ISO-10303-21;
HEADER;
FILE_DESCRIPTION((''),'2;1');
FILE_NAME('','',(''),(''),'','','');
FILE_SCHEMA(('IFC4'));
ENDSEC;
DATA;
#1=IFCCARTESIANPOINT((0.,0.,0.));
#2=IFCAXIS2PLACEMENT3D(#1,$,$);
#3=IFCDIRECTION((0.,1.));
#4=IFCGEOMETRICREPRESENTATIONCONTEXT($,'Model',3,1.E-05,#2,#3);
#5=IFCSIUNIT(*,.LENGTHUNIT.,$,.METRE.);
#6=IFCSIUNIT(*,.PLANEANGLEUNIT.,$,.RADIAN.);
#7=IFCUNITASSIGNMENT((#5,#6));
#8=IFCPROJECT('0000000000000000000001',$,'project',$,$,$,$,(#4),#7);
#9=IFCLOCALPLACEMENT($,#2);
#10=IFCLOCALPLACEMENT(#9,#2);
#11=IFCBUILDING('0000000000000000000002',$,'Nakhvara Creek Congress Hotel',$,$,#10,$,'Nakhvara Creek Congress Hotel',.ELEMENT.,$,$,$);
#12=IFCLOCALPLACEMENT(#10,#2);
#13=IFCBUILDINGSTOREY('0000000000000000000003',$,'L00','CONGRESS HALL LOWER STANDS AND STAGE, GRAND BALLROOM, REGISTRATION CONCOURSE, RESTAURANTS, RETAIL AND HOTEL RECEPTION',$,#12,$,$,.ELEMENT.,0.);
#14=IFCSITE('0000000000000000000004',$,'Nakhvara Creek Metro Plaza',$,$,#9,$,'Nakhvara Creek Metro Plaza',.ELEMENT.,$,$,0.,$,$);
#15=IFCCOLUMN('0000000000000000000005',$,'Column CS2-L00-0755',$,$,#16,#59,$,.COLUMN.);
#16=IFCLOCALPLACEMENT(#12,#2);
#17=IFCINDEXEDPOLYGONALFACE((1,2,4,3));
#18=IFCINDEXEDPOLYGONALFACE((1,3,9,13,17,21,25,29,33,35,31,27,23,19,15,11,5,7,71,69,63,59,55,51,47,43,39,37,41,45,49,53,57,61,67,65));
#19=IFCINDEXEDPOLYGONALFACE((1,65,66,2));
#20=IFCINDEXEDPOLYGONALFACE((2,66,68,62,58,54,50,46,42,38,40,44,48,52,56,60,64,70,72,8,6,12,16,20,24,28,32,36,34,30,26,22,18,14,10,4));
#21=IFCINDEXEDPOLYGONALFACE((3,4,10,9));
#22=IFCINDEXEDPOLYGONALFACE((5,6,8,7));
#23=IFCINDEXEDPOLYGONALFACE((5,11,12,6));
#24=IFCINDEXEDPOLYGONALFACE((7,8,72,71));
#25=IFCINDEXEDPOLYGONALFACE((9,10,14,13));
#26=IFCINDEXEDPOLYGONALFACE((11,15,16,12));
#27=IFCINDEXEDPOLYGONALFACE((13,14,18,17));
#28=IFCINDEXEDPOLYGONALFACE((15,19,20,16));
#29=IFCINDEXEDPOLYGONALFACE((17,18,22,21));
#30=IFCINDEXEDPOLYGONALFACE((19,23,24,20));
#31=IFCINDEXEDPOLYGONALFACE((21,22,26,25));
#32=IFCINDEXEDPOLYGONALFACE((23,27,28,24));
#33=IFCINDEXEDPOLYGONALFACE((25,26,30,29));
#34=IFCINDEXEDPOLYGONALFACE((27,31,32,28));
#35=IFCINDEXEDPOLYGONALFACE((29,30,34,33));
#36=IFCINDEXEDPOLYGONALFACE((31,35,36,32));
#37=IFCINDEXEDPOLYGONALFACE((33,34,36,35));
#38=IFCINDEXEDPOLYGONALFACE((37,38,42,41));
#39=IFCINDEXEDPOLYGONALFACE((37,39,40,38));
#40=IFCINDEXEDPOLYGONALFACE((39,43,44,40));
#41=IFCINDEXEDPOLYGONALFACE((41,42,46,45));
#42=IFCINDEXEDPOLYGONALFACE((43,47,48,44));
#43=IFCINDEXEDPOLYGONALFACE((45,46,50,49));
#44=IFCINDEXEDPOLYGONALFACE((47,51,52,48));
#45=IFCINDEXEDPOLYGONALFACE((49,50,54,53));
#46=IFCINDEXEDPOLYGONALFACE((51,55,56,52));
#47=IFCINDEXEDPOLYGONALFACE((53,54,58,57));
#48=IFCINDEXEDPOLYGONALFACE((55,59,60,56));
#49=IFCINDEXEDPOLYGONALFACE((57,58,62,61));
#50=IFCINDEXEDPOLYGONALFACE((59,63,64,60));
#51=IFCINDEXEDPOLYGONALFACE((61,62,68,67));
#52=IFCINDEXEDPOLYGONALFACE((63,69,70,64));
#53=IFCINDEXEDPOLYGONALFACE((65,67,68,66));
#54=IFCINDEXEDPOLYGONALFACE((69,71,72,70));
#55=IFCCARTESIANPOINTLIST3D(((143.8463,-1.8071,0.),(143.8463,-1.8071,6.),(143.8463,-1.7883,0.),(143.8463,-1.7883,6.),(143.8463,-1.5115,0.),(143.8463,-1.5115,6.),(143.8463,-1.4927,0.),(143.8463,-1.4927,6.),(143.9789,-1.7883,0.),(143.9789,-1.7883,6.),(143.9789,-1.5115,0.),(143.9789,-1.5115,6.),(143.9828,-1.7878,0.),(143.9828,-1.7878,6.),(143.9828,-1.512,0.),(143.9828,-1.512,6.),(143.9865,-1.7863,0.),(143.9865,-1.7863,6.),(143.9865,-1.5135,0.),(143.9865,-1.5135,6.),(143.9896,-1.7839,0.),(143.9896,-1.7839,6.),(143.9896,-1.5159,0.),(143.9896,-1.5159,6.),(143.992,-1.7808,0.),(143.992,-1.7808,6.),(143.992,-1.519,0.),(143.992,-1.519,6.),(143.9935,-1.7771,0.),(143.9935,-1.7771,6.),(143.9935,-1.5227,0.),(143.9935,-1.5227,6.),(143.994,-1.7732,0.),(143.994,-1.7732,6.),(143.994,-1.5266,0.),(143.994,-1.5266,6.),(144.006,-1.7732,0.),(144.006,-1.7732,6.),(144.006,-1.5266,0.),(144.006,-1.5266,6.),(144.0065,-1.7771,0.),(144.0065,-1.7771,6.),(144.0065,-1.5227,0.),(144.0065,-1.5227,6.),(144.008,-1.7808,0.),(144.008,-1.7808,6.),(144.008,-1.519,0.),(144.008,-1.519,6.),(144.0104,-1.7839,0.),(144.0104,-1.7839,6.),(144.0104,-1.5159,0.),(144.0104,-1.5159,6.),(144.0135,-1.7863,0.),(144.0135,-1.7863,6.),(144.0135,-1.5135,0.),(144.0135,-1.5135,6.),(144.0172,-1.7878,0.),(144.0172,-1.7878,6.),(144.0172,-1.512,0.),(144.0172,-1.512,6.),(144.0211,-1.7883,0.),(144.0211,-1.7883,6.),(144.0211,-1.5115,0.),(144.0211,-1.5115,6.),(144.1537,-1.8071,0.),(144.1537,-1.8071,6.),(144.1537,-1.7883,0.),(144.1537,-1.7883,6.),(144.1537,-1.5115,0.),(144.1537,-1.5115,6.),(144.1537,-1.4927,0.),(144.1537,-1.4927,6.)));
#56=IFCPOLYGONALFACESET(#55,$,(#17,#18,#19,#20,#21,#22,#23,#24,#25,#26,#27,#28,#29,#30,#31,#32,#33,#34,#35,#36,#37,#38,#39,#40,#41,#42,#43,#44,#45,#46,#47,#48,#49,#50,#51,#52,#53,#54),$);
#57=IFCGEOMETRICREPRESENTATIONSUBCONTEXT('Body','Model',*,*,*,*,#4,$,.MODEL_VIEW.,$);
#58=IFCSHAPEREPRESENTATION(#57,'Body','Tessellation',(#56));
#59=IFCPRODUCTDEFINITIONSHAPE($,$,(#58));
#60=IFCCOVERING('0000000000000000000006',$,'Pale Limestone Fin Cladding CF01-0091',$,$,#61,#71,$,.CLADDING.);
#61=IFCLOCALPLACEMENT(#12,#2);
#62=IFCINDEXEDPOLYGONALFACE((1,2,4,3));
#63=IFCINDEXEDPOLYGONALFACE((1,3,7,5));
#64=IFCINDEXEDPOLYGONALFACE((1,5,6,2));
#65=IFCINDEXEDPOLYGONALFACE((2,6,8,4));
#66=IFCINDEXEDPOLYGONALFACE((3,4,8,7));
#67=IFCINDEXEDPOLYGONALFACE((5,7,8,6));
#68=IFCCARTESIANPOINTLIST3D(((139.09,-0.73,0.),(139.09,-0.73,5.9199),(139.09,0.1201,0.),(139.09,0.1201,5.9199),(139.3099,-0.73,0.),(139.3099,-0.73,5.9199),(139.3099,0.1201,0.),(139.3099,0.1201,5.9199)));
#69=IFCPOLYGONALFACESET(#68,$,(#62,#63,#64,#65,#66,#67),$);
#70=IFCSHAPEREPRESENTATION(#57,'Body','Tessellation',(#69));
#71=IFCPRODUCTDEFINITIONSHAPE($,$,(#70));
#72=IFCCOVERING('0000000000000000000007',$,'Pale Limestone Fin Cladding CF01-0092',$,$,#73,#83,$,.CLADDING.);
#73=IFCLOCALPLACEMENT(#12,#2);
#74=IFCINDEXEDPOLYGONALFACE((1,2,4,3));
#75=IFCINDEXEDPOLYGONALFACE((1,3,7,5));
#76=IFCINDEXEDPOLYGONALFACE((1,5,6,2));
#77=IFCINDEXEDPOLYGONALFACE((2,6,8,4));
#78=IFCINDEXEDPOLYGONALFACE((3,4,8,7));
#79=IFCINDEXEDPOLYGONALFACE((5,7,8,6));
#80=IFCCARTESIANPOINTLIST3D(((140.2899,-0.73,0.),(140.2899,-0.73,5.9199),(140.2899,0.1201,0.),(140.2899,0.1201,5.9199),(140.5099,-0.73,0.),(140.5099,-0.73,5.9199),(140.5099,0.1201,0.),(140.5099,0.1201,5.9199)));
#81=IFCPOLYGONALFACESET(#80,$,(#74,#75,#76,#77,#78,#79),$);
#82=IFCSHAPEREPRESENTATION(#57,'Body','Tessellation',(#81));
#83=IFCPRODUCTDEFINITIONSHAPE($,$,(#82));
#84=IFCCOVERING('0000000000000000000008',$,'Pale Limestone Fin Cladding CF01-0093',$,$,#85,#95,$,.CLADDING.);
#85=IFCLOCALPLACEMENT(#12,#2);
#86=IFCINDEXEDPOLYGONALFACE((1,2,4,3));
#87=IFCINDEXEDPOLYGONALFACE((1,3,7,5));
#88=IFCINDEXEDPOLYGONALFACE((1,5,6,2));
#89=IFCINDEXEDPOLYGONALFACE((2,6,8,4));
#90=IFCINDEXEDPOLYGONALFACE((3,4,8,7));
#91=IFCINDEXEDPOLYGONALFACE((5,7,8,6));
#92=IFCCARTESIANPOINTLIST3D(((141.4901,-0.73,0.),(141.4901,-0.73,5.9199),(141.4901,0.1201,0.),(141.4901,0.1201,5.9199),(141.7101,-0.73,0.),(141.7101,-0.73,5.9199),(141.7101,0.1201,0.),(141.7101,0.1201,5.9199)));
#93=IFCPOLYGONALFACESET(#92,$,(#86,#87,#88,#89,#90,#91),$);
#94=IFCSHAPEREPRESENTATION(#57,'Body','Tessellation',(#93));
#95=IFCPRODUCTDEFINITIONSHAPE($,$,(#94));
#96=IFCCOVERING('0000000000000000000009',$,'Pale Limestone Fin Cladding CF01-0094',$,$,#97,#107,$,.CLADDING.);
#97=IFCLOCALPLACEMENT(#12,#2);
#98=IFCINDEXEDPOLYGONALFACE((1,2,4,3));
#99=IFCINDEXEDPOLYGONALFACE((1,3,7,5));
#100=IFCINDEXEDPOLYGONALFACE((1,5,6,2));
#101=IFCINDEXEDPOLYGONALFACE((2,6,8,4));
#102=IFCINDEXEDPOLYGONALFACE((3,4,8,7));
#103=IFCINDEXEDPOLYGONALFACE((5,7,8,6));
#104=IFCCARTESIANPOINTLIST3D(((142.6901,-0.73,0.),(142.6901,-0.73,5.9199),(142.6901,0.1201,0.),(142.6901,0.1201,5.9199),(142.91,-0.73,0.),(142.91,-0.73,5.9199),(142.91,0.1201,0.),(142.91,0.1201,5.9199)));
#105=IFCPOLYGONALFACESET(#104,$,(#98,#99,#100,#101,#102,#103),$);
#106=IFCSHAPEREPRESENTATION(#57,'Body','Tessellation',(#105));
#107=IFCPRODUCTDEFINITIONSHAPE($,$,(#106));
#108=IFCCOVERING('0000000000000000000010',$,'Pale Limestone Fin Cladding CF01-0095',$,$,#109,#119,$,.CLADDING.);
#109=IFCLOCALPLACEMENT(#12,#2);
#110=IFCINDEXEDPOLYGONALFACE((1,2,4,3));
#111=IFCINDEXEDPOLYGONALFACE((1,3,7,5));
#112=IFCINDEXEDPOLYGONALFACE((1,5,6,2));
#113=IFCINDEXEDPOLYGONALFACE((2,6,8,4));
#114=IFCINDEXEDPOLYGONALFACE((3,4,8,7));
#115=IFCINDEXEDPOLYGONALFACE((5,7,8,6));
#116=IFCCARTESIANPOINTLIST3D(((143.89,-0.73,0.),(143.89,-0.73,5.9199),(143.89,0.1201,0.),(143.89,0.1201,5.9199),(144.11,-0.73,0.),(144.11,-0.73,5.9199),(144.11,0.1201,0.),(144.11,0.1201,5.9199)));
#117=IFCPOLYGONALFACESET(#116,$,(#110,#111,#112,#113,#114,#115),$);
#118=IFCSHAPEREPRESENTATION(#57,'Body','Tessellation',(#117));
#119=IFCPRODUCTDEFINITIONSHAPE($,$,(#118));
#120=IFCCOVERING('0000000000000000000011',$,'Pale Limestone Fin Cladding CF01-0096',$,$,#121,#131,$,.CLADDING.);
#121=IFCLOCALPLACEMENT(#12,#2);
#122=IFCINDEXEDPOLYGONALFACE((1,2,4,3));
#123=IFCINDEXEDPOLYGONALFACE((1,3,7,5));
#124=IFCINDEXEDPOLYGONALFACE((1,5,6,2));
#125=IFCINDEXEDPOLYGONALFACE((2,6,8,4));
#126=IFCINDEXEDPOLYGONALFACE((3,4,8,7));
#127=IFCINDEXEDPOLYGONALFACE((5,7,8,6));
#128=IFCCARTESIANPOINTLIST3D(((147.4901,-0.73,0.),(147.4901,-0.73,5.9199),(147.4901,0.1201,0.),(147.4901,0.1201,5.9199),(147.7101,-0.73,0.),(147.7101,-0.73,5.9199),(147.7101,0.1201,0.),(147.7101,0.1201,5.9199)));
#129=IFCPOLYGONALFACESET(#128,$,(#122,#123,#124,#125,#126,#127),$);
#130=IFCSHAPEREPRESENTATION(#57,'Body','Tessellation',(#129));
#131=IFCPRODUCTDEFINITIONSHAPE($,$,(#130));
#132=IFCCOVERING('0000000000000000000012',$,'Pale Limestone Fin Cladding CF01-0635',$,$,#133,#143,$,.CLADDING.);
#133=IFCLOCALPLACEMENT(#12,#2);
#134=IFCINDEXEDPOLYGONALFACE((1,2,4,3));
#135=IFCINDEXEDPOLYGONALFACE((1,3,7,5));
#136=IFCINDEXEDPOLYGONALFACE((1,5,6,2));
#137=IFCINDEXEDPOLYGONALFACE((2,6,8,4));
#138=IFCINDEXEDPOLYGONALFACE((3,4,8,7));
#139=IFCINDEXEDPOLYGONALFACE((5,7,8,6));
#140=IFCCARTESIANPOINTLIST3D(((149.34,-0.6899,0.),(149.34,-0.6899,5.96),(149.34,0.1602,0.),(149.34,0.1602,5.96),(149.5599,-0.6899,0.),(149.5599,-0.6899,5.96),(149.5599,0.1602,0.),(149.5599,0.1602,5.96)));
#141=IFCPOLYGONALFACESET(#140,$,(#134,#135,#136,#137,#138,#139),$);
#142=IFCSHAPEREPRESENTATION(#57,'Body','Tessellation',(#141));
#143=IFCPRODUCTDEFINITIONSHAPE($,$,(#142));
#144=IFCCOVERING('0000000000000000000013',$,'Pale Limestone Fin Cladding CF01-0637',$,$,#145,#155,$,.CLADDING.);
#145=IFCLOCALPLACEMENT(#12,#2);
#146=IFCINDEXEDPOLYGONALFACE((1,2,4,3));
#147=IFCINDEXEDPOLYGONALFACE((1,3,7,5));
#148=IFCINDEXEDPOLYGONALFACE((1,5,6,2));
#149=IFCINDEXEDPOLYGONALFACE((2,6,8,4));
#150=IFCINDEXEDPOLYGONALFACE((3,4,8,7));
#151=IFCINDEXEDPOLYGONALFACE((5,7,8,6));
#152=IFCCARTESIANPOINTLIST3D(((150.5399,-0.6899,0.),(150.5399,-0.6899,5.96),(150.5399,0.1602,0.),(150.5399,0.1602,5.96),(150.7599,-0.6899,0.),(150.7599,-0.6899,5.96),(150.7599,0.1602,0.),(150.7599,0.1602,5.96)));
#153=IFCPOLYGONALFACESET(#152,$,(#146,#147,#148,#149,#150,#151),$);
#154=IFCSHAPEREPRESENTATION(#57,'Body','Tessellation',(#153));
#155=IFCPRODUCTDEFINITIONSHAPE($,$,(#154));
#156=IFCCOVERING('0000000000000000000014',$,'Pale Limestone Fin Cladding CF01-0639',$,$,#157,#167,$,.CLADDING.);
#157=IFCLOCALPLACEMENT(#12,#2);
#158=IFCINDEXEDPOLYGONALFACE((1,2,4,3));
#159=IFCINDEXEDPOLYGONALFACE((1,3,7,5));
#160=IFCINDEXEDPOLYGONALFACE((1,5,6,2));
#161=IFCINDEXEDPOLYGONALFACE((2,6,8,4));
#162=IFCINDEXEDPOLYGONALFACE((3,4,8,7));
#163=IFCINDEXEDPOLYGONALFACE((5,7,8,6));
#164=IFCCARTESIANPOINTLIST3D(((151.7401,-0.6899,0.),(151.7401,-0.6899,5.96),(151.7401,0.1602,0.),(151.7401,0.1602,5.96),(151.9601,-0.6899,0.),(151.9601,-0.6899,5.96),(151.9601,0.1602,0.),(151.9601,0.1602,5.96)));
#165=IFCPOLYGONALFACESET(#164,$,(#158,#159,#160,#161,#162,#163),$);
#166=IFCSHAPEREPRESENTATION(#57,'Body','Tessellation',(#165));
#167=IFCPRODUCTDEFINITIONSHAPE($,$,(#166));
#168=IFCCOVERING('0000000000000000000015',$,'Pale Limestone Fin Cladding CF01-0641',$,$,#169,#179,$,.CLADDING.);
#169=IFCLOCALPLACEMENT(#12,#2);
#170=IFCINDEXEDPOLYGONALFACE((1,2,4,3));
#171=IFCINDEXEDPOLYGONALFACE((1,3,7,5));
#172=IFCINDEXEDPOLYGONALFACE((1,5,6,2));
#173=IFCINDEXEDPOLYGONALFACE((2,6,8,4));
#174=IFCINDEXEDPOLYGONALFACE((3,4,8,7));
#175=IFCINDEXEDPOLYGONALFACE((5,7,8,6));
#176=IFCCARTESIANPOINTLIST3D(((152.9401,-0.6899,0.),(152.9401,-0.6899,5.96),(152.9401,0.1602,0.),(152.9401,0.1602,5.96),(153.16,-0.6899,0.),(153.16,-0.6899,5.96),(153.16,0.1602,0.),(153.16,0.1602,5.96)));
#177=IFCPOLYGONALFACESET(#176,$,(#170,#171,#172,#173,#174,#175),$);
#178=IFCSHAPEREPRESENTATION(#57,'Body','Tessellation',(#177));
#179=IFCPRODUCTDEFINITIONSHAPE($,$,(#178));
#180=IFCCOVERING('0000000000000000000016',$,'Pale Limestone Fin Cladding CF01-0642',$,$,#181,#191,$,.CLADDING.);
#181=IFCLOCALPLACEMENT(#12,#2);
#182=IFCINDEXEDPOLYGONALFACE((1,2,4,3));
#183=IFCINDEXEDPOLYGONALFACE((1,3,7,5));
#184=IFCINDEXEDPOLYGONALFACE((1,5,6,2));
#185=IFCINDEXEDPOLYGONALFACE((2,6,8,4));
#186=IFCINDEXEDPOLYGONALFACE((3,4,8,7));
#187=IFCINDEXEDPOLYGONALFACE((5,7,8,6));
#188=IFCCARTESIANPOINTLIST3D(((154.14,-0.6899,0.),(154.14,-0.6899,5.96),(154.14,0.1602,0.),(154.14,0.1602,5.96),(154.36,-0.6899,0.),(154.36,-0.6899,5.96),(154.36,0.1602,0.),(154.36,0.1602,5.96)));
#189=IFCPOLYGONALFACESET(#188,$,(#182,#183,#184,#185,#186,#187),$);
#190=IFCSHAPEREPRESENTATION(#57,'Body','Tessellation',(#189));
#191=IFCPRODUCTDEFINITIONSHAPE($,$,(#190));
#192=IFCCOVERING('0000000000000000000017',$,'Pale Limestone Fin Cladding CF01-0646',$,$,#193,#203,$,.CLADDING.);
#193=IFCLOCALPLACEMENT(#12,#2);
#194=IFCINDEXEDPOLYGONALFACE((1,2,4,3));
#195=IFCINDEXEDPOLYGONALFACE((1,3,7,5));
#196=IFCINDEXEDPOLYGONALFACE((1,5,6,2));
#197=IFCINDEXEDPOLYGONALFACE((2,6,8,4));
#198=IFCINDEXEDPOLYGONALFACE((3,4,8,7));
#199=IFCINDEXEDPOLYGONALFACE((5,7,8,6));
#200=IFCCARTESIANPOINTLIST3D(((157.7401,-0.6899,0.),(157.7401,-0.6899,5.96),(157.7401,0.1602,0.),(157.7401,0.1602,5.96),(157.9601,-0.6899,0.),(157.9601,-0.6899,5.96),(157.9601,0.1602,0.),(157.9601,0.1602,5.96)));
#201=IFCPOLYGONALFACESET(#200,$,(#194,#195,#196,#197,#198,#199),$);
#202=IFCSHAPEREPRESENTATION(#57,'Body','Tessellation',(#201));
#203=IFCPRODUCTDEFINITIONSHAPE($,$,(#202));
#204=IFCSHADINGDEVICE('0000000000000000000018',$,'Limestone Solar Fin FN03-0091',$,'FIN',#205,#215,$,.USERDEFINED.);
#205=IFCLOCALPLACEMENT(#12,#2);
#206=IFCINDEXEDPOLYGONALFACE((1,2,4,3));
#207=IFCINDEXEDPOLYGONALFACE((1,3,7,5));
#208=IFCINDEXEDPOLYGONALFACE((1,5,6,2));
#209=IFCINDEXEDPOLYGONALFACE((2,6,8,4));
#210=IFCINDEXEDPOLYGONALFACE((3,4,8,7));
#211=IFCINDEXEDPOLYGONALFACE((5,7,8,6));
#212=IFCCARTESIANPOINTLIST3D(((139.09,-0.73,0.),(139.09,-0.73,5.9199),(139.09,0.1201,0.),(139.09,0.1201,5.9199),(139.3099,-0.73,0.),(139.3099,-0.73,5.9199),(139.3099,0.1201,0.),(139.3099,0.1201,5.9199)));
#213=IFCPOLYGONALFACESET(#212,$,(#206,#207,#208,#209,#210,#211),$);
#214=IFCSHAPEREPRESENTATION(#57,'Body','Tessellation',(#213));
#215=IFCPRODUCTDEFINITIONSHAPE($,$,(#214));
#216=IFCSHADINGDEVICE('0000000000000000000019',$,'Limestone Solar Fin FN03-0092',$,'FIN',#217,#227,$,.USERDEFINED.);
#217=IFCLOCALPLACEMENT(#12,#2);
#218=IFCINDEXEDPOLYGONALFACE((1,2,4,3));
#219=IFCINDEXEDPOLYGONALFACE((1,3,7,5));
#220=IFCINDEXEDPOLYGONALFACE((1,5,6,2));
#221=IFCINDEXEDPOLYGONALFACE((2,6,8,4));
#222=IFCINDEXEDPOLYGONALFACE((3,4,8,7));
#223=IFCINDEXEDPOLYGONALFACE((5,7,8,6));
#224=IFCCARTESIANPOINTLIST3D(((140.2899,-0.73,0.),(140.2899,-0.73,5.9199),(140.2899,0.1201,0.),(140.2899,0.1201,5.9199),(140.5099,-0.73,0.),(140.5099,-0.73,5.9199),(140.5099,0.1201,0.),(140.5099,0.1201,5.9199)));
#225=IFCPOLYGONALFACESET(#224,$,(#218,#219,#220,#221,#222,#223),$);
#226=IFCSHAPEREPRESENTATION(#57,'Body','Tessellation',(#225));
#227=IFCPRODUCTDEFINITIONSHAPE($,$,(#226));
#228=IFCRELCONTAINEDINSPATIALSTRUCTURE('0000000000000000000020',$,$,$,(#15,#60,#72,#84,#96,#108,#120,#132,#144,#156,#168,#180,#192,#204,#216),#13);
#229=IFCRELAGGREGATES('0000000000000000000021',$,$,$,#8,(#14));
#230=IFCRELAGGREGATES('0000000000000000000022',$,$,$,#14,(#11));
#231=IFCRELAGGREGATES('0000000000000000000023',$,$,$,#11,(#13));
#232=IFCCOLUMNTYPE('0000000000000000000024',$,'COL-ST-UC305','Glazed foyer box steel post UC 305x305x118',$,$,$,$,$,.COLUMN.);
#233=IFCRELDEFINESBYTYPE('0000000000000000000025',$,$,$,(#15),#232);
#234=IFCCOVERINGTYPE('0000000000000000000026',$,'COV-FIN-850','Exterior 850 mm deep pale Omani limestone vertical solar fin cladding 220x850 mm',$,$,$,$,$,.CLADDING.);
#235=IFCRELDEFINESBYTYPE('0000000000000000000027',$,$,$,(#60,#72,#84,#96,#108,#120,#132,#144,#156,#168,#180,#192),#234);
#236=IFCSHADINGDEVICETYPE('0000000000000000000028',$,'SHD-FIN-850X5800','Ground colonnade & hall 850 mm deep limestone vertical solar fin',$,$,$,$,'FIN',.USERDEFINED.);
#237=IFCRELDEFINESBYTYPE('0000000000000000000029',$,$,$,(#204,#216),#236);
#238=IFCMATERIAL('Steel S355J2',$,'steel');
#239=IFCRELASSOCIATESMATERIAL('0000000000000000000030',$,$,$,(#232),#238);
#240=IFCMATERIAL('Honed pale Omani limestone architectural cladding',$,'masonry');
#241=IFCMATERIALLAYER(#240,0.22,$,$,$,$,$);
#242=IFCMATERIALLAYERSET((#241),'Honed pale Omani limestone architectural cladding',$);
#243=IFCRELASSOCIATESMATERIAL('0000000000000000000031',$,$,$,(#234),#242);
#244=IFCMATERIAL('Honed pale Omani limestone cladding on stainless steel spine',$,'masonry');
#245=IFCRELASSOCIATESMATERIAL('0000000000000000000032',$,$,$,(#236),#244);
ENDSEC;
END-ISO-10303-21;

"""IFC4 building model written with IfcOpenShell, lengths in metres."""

from ifc_helpers import new_model, si_unit, direction, frame, origin, origin_2d, place, context, subcontext, project, spatial, rectangle, i_section, extrude, material, layer, layer_set, material_profile, profile_set, type_object, element, save


model = new_model("IFC4")

# Units and contexts
model_context = context("Model", 3, precision=1e-05, world=origin(), true_north=direction((0.0, 1.0)))
body_context = subcontext(model_context, "Body", "Model", "MODEL_VIEW")
ifc_project = project(units=[si_unit("LENGTHUNIT", "METRE"), si_unit("PLANEANGLEUNIT", "RADIAN")], contexts=[model_context])

# Site, building, storey
site_placement = place(None, origin())
site = spatial("IfcSite", under=ifc_project, at=site_placement, Name="Nakhvara Creek Metro Plaza", LongName="Nakhvara Creek Metro Plaza", CompositionType="ELEMENT", RefElevation=0.0)
building_placement = place(site_placement, origin())
building = spatial("IfcBuilding", under=site, at=building_placement, Name="Nakhvara Creek Congress Hotel", LongName="Nakhvara Creek Congress Hotel", CompositionType="ELEMENT")
storey_placement = place(building_placement, origin())
storey = spatial("IfcBuildingStorey", under=building, at=storey_placement, Name="L00", Description="CONGRESS HALL LOWER STANDS AND STAGE, GRAND BALLROOM, REGISTRATION CONCOURSE, RESTAURANTS, RETAIL AND HOTEL RECEPTION", CompositionType="ELEMENT", Elevation=0.0)

# Column
ifc_material_1 = material(Name="Steel S355J2", Category="steel")
ifc_material_profile = material_profile(ifc_material_1, i_section(OverallWidth=0.3074, OverallDepth=0.3145, WebThickness=0.012, FlangeThickness=0.0188, FilletRadius=0.0151, at=origin_2d()), Name="UC 305x305x118", Category="LoadBearing")
ifc_profile_set = profile_set([ifc_material_profile], Name="Steel S355J2")
column_type = type_object("IfcColumnType", Name="COL-ST-UC305", Description="Glazed foyer box steel post UC 305x305x118", PredefinedType="COLUMN", material=ifc_profile_set)
column_placement = place(storey_placement, frame((144.0, -1.6499, 0.0), z_axis=(0.0, 0.0, 1.0), x_axis=(1.0, 0.0, 0.0)))
element("IfcColumn", 1, at=column_placement, inside=storey, type_object=column_type, Name="Column CS2-L00-0755", PredefinedType="COLUMN", context=body_context, shape_type="SweptSolid", body=[
    extrude(i_section(OverallWidth=0.3074, OverallDepth=0.3145, WebThickness=0.012, FlangeThickness=0.0188, FilletRadius=0.0151, at=origin_2d()), origin(), (0.0, 0.0, 1.0), 6.0),
])

# Coverings
ifc_material_2 = material(Name="Honed pale Omani limestone architectural cladding", Category="masonry")
ifc_layer = layer(ifc_material_2, 0.22)
ifc_layer_set = layer_set([ifc_layer], Name="Honed pale Omani limestone architectural cladding")
covering_type = type_object("IfcCoveringType", Name="COV-FIN-850", Description="Exterior 850 mm deep pale Omani limestone vertical solar fin cladding 220x850 mm", PredefinedType="CLADDING", material=ifc_layer_set)
for number, where, z_axis, x_axis, name in (
    (2, (139.2, -0.3049, 0.0), (0.0, 0.0, 1.0), (1.0, 0.0, 0.0), "Pale Limestone Fin Cladding CF01-0091"),
    (3, (140.3999, -0.3049, 0.0), (0.0, 0.0, 1.0), (1.0, 0.0, 0.0), "Pale Limestone Fin Cladding CF01-0092"),
    (4, (141.6001, -0.3049, 0.0), (0.0, 0.0, 1.0), (1.0, 0.0, 0.0), "Pale Limestone Fin Cladding CF01-0093"),
    (5, (142.8, -0.3049, 0.0), (0.0, 0.0, 1.0), (1.0, 0.0, 0.0), "Pale Limestone Fin Cladding CF01-0094"),
    (6, (144.0, -0.3049, 0.0), (0.0, 0.0, 1.0), (1.0, 0.0, 0.0), "Pale Limestone Fin Cladding CF01-0095"),
    (7, (147.6001, -0.3049, 0.0), (0.0, 0.0, 1.0), (1.0, 0.0, 0.0), "Pale Limestone Fin Cladding CF01-0096"),
):
    element("IfcCovering", number, at=place(storey_placement, frame(where, z_axis=z_axis, x_axis=x_axis)), inside=storey, type_object=covering_type, Name=name, PredefinedType="CLADDING", context=body_context, shape_type="SweptSolid", body=[
        extrude(rectangle(XDim=0.22, YDim=0.8501, at=origin_2d()), origin(), (0.0, 0.0, 1.0), 5.9199),
    ])
for number, where, z_axis, x_axis, name in (
    (8, (149.45, -0.2649, 0.0), (0.0, 0.0, 1.0), (1.0, 0.0, 0.0), "Pale Limestone Fin Cladding CF01-0635"),
    (9, (150.6499, -0.2649, 0.0), (0.0, 0.0, 1.0), (1.0, 0.0, 0.0), "Pale Limestone Fin Cladding CF01-0637"),
    (10, (151.8501, -0.2649, 0.0), (0.0, 0.0, 1.0), (1.0, 0.0, 0.0), "Pale Limestone Fin Cladding CF01-0639"),
    (11, (153.05, -0.2649, 0.0), (0.0, 0.0, 1.0), (1.0, 0.0, 0.0), "Pale Limestone Fin Cladding CF01-0641"),
    (12, (154.25, -0.2649, 0.0), (0.0, 0.0, 1.0), (1.0, 0.0, 0.0), "Pale Limestone Fin Cladding CF01-0642"),
    (13, (157.8501, -0.2649, 0.0), (0.0, 0.0, 1.0), (1.0, 0.0, 0.0), "Pale Limestone Fin Cladding CF01-0646"),
):
    element("IfcCovering", number, at=place(storey_placement, frame(where, z_axis=z_axis, x_axis=x_axis)), inside=storey, type_object=covering_type, Name=name, PredefinedType="CLADDING", context=body_context, shape_type="SweptSolid", body=[
        extrude(rectangle(XDim=0.22, YDim=0.8501, at=origin_2d()), origin(), (0.0, 0.0, 1.0), 5.96),
    ])

# Shading devices
ifc_material_3 = material(Name="Honed pale Omani limestone cladding on stainless steel spine", Category="masonry")
shading_device_type = type_object("IfcShadingDeviceType", Name="SHD-FIN-850X5800", Description="Ground colonnade & hall 850 mm deep limestone vertical solar fin", ElementType="FIN", PredefinedType="USERDEFINED", material=ifc_material_3)
for number, where, z_axis, x_axis, name in (
    (14, (139.2, -0.3049, 0.0), (0.0, 0.0, 1.0), (1.0, 0.0, 0.0), "Limestone Solar Fin FN03-0091"),
    (15, (140.3999, -0.3049, 0.0), (0.0, 0.0, 1.0), (1.0, 0.0, 0.0), "Limestone Solar Fin FN03-0092"),
):
    element("IfcShadingDevice", number, at=place(storey_placement, frame(where, z_axis=z_axis, x_axis=x_axis)), inside=storey, type_object=shading_device_type, Name=name, ObjectType="FIN", PredefinedType="USERDEFINED", context=body_context, shape_type="SweptSolid", body=[
        extrude(rectangle(XDim=0.22, YDim=0.8501, at=origin_2d()), origin(), (0.0, 0.0, 1.0), 5.9199),
    ])

save(model, "model.ifc")
